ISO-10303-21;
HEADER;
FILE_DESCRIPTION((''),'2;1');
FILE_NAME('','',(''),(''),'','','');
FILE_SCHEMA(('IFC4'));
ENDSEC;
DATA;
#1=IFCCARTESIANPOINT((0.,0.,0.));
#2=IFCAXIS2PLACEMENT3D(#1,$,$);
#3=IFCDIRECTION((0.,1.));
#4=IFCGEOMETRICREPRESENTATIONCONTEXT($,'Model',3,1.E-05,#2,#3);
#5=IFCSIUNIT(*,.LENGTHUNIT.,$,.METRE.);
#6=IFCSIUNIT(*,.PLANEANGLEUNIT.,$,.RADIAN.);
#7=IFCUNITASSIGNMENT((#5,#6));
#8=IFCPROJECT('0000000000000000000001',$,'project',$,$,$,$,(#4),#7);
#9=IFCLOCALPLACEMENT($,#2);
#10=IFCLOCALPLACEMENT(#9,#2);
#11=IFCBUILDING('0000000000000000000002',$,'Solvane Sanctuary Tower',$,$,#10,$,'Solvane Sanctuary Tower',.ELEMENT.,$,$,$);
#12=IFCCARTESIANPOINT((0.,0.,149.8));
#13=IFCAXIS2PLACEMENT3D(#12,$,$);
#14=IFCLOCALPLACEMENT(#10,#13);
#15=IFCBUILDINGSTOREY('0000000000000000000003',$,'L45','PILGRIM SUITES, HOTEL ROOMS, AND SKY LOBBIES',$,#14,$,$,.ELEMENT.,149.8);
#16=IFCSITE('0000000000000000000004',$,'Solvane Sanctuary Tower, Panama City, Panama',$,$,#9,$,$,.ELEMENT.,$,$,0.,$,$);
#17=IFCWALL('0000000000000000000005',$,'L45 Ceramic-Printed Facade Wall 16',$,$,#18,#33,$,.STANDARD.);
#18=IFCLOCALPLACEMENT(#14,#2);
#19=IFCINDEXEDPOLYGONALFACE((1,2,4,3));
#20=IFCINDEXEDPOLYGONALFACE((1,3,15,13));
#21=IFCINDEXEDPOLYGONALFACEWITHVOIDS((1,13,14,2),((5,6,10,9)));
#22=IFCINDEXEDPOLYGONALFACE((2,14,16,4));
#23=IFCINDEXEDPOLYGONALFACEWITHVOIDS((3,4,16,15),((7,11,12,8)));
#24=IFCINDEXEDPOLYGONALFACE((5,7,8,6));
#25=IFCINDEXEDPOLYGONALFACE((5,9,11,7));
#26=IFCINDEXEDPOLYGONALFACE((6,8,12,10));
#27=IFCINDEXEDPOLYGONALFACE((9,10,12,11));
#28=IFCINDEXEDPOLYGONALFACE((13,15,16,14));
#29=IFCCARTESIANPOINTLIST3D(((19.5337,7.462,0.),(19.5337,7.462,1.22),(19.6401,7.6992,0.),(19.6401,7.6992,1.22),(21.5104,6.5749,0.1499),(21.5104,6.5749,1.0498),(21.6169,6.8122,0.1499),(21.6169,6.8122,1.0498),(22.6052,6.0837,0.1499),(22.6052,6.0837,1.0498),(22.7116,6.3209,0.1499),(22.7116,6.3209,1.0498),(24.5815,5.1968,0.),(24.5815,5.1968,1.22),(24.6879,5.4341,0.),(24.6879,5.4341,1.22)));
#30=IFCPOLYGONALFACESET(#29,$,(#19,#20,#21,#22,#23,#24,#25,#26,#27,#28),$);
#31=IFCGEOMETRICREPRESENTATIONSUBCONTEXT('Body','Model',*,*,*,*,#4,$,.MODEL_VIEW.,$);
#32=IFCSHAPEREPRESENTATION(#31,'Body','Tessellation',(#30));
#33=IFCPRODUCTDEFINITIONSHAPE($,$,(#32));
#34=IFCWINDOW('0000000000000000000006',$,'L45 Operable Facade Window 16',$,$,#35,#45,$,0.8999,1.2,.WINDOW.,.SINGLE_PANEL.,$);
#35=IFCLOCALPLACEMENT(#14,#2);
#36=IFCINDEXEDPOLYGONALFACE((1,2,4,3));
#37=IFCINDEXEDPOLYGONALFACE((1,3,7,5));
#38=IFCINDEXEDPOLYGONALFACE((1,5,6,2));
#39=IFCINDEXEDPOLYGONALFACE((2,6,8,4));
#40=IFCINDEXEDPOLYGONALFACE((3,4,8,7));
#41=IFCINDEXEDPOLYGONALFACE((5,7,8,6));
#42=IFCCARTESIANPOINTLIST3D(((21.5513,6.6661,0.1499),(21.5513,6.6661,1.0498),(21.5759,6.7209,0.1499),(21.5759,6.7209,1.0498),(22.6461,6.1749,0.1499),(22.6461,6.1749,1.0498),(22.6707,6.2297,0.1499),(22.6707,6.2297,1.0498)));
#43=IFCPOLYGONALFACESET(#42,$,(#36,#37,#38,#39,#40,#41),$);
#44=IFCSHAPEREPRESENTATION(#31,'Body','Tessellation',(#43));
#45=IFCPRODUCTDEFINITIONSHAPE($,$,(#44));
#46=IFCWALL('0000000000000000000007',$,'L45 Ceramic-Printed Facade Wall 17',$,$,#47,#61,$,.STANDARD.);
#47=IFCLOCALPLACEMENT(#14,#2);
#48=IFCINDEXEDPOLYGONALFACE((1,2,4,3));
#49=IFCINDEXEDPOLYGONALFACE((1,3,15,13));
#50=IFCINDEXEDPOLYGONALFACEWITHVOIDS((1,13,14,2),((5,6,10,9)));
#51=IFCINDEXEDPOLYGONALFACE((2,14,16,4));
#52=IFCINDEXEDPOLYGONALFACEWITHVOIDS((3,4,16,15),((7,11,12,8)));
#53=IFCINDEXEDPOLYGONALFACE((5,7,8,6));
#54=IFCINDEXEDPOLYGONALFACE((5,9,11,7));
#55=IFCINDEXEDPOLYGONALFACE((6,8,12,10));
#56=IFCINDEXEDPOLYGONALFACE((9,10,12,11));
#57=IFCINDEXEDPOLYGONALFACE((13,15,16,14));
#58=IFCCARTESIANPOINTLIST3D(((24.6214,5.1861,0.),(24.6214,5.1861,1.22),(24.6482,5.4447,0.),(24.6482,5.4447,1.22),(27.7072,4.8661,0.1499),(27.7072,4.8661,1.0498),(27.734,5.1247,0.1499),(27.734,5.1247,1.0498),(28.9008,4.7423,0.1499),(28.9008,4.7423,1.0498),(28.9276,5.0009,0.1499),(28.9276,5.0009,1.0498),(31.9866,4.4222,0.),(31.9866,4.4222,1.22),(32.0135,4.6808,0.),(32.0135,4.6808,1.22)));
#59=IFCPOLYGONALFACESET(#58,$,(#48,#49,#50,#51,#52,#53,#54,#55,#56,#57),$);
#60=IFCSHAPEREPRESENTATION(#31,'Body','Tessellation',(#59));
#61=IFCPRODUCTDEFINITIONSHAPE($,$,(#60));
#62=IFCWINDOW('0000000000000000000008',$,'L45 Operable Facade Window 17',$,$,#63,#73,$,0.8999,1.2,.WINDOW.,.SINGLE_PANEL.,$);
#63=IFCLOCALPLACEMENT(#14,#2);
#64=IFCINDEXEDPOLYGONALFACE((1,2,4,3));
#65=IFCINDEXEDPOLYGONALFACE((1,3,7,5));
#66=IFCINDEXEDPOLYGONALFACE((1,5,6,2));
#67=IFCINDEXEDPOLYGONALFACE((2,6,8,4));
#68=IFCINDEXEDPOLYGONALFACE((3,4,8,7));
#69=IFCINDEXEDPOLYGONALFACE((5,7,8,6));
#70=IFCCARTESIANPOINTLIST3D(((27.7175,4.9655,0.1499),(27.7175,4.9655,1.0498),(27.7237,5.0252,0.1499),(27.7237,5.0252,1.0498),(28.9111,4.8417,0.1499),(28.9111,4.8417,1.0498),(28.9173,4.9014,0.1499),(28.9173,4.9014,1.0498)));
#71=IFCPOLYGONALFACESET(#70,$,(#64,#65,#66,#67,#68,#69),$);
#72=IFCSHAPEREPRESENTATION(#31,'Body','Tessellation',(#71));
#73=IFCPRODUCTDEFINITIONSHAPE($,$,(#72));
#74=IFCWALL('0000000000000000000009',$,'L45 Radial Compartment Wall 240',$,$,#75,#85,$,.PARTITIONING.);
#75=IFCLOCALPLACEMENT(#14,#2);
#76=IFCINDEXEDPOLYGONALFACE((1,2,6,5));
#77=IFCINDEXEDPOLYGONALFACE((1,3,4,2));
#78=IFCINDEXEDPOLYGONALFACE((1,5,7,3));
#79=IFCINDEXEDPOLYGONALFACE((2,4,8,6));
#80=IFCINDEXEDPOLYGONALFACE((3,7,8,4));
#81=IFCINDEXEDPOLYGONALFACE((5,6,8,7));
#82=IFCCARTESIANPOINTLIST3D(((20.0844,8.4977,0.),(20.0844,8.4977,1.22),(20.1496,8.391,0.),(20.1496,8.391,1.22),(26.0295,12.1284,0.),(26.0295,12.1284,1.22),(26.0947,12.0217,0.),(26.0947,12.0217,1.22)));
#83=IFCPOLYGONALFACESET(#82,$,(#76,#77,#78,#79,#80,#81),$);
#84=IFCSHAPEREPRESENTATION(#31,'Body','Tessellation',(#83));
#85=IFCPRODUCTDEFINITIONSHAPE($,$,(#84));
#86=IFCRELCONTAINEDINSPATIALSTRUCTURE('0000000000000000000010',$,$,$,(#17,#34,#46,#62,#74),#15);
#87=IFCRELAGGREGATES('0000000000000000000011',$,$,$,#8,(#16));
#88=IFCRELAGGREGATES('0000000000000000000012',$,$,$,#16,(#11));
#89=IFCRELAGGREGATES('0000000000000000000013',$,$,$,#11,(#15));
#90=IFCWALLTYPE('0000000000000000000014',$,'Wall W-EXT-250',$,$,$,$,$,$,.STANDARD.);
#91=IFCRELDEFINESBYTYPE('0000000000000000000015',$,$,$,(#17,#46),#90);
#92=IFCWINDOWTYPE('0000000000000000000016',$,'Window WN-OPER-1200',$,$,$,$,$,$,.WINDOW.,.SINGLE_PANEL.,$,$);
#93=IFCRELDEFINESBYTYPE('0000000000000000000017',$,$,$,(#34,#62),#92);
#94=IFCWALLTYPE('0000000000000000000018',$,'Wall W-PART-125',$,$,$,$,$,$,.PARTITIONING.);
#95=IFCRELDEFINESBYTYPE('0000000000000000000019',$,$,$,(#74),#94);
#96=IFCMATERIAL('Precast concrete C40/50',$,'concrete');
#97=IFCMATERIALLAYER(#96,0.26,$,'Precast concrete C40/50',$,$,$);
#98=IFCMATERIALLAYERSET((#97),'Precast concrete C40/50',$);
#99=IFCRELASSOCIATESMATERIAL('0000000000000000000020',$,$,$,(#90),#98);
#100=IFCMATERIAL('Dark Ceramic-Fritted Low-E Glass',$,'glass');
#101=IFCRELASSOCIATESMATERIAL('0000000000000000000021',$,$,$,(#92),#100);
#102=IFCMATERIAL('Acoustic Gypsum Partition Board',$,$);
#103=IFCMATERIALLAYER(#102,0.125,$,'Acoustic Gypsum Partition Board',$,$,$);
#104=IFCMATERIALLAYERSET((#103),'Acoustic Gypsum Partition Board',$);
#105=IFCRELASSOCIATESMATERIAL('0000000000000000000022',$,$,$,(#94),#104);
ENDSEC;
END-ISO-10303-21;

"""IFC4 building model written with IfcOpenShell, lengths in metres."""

from ifc_helpers import new_model, si_unit, direction, frame, frame_2d, origin, place, context, subcontext, project, spatial, rectangle, extrude, material, layer, layer_set, type_object, element, fill, save


model = new_model("IFC4")

# Units and contexts
model_context = context("Model", 3, precision=1e-05, world=origin(), true_north=direction((0.0, 1.0)))
body_context = subcontext(model_context, "Body", "Model", "MODEL_VIEW")
ifc_project = project(units=[si_unit("LENGTHUNIT", "METRE"), si_unit("PLANEANGLEUNIT", "RADIAN")], contexts=[model_context])

# Site, building, storey
site_placement = place(None, origin())
site = spatial("IfcSite", under=ifc_project, at=site_placement, Name="Solvane Sanctuary Tower, Panama City, Panama", CompositionType="ELEMENT", RefElevation=0.0)
building_placement = place(site_placement, origin())
building = spatial("IfcBuilding", under=site, at=building_placement, Name="Solvane Sanctuary Tower", LongName="Solvane Sanctuary Tower", CompositionType="ELEMENT")
storey_placement = place(building_placement, frame((0.0, 0.0, 149.8)))
storey = spatial("IfcBuildingStorey", under=building, at=storey_placement, Name="L45", Description="PILGRIM SUITES, HOTEL ROOMS, AND SKY LOBBIES", CompositionType="ELEMENT", Elevation=149.8)

# Shared definitions
ifc_material_1 = material(Name="Acoustic Gypsum Partition Board")

# Walls, openings, windows
ifc_material_2 = material(Name="Precast concrete C40/50", Category="concrete")
ifc_layer_1 = layer(ifc_material_2, 0.26, Name="Precast concrete C40/50")
ifc_layer_set_1 = layer_set([ifc_layer_1], Name="Precast concrete C40/50")
wall_type_1 = type_object("IfcWallType", Name="Wall W-EXT-250", PredefinedType="STANDARD", material=ifc_layer_set_1)
wall_1_placement = place(storey_placement, frame((19.5869, 7.5806, 0.0), z_axis=(0.0, 0.0, 1.0), x_axis=(0.912354, -0.409403, 0.0)))
wall_1 = element("IfcWall", 1, at=wall_1_placement, inside=storey, type_object=wall_type_1, Name="L45 Ceramic-Printed Facade Wall 16", PredefinedType="STANDARD", context=body_context, shape_type="SweptSolid", body=[
    extrude(rectangle(XDim=5.5327, YDim=0.26, at=frame_2d((2.7664, 0.0))), origin(), (0.0, 0.0, 1.0), 1.22),
])
opening_1_placement = place(wall_1_placement, frame((2.1665, 0.0, 0.1499)))
opening_1 = element("IfcOpeningElement", 2, at=opening_1_placement, cuts=wall_1, PredefinedType="OPENING", context=body_context, shape_type="SweptSolid", body=[
    extrude(rectangle(XDim=1.2, YDim=0.8999, at=frame_2d((0.6001, 0.45))), frame((0.0, 0.1399, 0.0), z_axis=(0.0, -1.0, 0.0), x_axis=(1.0, 0.0, 0.0)), (0.0, 0.0, 1.0), 0.28),
])
ifc_material_3 = material(Name="Dark Ceramic-Fritted Low-E Glass", Category="glass")
window_type = type_object("IfcWindowType", Name="Window WN-OPER-1200", PartitioningType="SINGLE_PANEL", PredefinedType="WINDOW", material=ifc_material_3)
window_1_placement = place(opening_1_placement, origin())
window_1 = element("IfcWindow", 3, at=window_1_placement, inside=storey, type_object=window_type, Name="L45 Operable Facade Window 16", OverallHeight=0.8999, OverallWidth=1.2, PartitioningType="SINGLE_PANEL", PredefinedType="WINDOW", context=body_context, shape_type="SweptSolid", body=[
    extrude(rectangle(XDim=1.2, YDim=0.8999, at=frame_2d((0.6001, 0.45))), frame((0.0, 0.03, 0.0), z_axis=(0.0, -1.0, 0.0), x_axis=(1.0, 0.0, 0.0)), (0.0, 0.0, 1.0), 0.0601),
])
fill(opening_1, window_1)
wall_2_placement = place(storey_placement, frame((24.6348, 5.3154, 0.0), z_axis=(0.0, 0.0, 1.0), x_axis=(0.994664, -0.103166, 0.0)))
wall_2 = element("IfcWall", 4, at=wall_2_placement, inside=storey, type_object=wall_type_1, Name="L45 Ceramic-Printed Facade Wall 17", PredefinedType="STANDARD", context=body_context, shape_type="SweptSolid", body=[
    extrude(rectangle(XDim=7.4048, YDim=0.26, at=frame_2d((3.7024, 0.0))), origin(), (0.0, 0.0, 1.0), 1.22),
])
opening_2_placement = place(wall_2_placement, frame((3.1023, 0.0, 0.1499)))
opening_2 = element("IfcOpeningElement", 5, at=opening_2_placement, cuts=wall_2, PredefinedType="OPENING", context=body_context, shape_type="SweptSolid", body=[
    extrude(rectangle(XDim=1.2, YDim=0.8999, at=frame_2d((0.6001, 0.45))), frame((0.0, 0.1399, 0.0), z_axis=(0.0, -1.0, 0.0), x_axis=(1.0, 0.0, 0.0)), (0.0, 0.0, 1.0), 0.28),
])
window_2_placement = place(opening_2_placement, origin())
window_2 = element("IfcWindow", 6, at=window_2_placement, inside=storey, type_object=window_type, Name="L45 Operable Facade Window 17", OverallHeight=0.8999, OverallWidth=1.2, PartitioningType="SINGLE_PANEL", PredefinedType="WINDOW", context=body_context, shape_type="SweptSolid", body=[
    extrude(rectangle(XDim=1.2, YDim=0.8999, at=frame_2d((0.6001, 0.45))), frame((0.0, 0.03, 0.0), z_axis=(0.0, -1.0, 0.0), x_axis=(1.0, 0.0, 0.0)), (0.0, 0.0, 1.0), 0.0601),
])
fill(opening_2, window_2)

# Wall
ifc_layer_2 = layer(ifc_material_1, 0.125, Name="Acoustic Gypsum Partition Board")
ifc_layer_set_2 = layer_set([ifc_layer_2], Name="Acoustic Gypsum Partition Board")
wall_type_2 = type_object("IfcWallType", Name="Wall W-PART-125", PredefinedType="PARTITIONING", material=ifc_layer_set_2)
wall_3_placement = place(storey_placement, frame((26.062, 12.075, 0.0), z_axis=(0.0, 0.0, 1.0), x_axis=(-0.85344, -0.521191, 0.0)))
element("IfcWall", 7, at=wall_3_placement, inside=storey, type_object=wall_type_2, Name="L45 Radial Compartment Wall 240", PredefinedType="PARTITIONING", context=body_context, shape_type="SweptSolid", body=[
    extrude(rectangle(XDim=6.9661, YDim=0.125, at=frame_2d((3.4829, 0.0))), origin(), (0.0, 0.0, 1.0), 1.22),
])

save(model, "model.ifc")
